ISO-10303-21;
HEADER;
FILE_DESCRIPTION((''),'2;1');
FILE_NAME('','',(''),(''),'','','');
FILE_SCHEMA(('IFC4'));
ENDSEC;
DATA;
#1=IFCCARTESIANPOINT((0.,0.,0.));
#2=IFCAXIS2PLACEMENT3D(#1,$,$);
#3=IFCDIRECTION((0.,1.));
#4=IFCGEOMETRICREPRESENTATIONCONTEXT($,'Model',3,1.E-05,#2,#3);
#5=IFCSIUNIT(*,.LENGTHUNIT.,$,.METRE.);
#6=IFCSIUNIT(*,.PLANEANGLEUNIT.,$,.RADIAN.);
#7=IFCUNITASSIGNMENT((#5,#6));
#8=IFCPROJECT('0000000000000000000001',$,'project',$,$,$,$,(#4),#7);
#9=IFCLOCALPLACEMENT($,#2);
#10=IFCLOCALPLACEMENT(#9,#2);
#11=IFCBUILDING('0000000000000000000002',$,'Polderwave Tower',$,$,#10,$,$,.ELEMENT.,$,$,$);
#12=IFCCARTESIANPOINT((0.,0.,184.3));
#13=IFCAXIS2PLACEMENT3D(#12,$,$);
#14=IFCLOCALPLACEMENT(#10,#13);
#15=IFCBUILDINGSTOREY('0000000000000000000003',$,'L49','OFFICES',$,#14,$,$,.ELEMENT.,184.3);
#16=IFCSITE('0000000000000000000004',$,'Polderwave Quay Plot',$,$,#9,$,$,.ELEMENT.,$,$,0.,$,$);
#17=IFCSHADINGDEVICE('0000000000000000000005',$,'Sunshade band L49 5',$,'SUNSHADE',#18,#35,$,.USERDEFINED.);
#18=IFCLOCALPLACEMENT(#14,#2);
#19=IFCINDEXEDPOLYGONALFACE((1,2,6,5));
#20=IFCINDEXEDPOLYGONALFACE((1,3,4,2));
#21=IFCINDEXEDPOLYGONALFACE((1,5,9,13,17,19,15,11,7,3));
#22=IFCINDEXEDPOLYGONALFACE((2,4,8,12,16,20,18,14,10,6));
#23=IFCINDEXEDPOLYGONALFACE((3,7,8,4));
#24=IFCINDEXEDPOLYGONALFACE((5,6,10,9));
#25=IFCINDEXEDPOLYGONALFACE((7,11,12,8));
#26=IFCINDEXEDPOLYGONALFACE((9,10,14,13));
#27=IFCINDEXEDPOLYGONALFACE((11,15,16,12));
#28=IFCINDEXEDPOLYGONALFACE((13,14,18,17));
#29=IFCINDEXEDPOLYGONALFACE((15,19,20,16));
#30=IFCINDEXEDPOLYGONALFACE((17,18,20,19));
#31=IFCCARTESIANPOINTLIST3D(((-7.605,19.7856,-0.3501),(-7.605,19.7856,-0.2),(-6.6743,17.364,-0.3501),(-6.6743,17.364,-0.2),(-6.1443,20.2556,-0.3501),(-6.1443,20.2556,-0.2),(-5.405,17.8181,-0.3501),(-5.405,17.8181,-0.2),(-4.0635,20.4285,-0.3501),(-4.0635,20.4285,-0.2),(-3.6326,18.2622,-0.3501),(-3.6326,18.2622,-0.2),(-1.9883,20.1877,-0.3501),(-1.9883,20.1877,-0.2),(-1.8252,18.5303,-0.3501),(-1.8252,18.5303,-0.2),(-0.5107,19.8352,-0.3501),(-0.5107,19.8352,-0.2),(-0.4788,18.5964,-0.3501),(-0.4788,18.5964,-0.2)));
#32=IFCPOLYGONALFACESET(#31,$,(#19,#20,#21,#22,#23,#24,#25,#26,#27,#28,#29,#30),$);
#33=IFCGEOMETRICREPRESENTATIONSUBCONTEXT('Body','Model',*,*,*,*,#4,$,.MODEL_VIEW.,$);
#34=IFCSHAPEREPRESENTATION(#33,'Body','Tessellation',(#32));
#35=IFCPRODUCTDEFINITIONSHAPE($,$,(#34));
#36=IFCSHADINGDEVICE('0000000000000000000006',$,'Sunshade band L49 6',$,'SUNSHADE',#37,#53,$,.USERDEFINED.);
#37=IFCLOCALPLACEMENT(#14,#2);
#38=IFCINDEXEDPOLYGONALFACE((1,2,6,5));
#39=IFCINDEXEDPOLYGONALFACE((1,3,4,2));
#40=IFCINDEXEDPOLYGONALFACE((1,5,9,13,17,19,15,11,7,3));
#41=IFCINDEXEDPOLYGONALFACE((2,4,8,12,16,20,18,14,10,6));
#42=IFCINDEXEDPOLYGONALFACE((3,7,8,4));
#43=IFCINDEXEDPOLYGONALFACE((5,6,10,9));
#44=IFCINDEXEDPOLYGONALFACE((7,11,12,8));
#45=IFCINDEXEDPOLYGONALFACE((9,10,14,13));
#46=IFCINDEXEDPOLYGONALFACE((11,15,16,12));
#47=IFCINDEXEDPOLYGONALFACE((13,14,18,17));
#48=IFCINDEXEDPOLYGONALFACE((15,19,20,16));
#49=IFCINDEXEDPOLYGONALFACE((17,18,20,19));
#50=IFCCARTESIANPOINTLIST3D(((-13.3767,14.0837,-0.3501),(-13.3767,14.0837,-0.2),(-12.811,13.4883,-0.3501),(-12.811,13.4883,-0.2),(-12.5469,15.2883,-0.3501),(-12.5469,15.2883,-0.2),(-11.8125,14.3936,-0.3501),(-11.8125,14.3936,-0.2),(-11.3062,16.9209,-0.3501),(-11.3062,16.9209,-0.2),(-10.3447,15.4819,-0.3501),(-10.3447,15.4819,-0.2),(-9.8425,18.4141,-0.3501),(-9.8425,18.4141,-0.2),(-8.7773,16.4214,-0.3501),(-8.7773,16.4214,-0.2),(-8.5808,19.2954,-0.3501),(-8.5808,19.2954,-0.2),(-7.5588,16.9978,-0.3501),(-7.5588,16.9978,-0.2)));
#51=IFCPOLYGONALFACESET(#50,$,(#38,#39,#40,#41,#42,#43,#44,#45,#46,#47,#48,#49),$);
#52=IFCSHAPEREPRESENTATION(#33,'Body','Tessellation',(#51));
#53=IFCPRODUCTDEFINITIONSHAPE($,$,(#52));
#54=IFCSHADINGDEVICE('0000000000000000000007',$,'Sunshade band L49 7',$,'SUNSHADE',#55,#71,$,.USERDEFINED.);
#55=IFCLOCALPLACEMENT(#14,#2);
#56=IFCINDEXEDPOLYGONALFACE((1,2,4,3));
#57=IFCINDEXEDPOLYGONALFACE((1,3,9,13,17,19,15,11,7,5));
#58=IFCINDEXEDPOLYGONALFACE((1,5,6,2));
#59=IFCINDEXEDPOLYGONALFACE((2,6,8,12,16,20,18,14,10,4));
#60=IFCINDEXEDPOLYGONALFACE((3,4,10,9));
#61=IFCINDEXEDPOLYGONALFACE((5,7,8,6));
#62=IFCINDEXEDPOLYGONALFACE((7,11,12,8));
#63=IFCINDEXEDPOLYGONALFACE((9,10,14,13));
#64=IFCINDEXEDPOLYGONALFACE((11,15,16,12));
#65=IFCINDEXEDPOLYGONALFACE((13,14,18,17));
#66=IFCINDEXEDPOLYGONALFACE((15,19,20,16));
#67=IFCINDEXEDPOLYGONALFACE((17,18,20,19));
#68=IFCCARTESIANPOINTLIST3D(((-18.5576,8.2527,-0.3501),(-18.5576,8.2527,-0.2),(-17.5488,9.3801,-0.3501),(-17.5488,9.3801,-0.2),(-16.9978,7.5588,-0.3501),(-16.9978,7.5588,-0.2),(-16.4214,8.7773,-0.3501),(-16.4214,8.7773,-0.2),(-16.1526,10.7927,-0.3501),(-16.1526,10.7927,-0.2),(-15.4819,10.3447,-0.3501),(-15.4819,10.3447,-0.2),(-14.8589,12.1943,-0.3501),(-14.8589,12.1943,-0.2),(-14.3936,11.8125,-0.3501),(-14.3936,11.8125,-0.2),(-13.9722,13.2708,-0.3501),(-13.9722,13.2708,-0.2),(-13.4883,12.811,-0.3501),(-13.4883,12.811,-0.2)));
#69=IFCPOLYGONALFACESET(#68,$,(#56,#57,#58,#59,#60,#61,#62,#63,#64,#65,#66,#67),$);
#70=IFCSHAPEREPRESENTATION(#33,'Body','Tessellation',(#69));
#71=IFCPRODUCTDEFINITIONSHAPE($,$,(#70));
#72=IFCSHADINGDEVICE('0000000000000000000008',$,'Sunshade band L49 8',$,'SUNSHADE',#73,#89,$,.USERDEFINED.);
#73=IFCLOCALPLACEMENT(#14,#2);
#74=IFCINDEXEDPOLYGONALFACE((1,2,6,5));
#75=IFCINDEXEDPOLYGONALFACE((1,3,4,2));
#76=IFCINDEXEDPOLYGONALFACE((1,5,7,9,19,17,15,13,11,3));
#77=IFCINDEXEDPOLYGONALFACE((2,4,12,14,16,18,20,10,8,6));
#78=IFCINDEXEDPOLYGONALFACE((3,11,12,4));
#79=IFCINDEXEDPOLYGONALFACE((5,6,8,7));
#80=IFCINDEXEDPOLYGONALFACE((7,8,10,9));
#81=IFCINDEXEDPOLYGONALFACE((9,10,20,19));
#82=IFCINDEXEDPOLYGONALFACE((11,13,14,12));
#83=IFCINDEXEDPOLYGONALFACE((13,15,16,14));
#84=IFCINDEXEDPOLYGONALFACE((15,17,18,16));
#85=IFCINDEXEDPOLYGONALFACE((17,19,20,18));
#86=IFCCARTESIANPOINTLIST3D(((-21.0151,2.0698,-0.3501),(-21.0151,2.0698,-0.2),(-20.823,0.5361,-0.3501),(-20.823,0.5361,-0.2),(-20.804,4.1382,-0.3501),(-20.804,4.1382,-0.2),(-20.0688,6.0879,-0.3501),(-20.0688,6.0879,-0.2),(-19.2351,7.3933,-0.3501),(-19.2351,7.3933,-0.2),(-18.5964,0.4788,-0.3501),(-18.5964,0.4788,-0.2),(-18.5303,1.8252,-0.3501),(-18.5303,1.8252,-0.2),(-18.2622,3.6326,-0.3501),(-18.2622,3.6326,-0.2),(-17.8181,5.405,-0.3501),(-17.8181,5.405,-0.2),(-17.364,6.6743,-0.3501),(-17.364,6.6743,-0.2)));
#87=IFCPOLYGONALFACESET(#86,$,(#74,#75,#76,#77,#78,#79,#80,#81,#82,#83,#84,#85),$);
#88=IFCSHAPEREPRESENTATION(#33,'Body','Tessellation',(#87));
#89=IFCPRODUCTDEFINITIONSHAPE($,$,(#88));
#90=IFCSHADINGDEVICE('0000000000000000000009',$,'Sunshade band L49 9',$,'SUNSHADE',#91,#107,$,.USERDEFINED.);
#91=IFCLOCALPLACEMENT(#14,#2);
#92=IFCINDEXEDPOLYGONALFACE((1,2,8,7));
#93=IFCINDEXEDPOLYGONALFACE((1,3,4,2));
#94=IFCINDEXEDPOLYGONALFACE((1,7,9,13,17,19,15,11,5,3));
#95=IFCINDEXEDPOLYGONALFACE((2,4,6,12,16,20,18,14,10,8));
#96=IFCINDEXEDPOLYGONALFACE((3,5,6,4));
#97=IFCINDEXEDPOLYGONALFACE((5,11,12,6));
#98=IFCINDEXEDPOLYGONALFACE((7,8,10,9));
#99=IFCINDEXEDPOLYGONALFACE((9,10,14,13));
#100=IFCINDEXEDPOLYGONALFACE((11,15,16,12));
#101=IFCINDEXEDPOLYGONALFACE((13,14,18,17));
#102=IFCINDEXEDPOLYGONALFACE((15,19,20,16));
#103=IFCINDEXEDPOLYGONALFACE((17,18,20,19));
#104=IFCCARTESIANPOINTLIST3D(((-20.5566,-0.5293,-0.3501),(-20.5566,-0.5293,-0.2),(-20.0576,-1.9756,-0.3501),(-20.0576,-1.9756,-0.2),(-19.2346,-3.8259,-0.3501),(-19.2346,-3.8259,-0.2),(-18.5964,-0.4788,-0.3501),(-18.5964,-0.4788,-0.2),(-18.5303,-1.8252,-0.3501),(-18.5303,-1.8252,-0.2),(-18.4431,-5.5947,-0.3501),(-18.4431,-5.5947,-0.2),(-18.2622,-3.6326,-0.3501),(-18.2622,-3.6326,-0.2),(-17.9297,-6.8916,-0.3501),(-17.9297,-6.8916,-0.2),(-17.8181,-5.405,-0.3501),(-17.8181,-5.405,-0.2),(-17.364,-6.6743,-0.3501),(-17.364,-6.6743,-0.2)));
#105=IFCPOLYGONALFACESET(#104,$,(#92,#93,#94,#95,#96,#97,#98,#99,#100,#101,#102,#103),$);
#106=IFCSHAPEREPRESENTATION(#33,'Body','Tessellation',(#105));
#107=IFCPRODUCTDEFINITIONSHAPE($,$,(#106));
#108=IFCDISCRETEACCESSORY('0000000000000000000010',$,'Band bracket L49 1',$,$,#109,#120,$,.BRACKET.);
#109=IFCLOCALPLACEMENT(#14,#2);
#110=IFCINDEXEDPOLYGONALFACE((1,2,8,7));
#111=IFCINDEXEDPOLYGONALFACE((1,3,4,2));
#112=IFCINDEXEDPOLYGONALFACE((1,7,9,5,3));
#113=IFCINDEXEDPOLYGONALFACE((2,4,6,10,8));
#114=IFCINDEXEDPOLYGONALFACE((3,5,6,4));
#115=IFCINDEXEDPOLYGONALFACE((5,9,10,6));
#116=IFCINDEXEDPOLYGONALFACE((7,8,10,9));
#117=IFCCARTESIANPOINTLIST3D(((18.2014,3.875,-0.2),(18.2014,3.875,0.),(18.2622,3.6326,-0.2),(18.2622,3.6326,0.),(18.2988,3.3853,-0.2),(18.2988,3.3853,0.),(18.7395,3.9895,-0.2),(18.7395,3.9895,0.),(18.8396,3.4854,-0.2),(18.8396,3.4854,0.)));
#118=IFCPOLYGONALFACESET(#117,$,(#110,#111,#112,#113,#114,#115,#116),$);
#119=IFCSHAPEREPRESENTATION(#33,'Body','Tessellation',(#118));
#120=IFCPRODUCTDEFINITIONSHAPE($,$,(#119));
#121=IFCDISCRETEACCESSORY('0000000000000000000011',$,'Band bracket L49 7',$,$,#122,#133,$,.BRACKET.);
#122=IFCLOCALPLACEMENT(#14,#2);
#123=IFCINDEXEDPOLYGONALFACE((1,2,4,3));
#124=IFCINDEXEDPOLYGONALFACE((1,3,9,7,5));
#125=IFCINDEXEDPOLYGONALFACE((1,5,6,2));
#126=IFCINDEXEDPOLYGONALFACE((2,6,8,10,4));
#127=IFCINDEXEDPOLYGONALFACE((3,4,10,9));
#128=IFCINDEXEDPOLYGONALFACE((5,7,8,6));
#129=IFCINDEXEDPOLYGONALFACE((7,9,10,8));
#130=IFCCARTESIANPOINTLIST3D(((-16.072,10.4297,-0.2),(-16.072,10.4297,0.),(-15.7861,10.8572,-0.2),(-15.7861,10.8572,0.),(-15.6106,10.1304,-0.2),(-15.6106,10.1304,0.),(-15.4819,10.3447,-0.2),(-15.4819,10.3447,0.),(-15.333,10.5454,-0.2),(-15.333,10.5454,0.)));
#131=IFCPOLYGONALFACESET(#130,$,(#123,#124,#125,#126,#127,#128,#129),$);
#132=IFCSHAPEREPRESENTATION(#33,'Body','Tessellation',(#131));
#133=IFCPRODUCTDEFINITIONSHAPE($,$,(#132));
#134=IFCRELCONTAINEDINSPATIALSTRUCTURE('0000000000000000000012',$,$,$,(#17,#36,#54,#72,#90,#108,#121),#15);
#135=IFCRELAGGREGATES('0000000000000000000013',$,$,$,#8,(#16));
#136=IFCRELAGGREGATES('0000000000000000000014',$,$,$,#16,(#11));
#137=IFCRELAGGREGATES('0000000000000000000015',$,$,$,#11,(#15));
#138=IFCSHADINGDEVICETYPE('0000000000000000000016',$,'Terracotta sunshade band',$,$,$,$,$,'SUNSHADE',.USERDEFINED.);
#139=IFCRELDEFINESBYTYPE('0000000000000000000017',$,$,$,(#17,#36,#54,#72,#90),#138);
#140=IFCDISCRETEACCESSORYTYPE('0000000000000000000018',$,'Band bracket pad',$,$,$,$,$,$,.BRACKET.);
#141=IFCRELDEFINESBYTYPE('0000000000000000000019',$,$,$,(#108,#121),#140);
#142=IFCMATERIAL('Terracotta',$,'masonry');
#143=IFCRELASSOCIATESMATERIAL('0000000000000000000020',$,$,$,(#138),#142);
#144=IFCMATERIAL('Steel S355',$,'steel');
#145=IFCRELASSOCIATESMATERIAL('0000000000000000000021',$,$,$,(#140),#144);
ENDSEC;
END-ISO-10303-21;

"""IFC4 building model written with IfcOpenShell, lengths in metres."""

from ifc_helpers import new_model, si_unit, direction, frame, origin, place, context, subcontext, project, spatial, polyline, outline, extrude, material, type_object, element, save


model = new_model("IFC4")

# Units and contexts
model_context = context("Model", 3, precision=1e-05, world=origin(), true_north=direction((0.0, 1.0)))
body_context = subcontext(model_context, "Body", "Model", "MODEL_VIEW")
ifc_project = project(units=[si_unit("LENGTHUNIT", "METRE"), si_unit("PLANEANGLEUNIT", "RADIAN")], contexts=[model_context])

# Site, building, storey
site_placement = place(None, origin())
site = spatial("IfcSite", under=ifc_project, at=site_placement, Name="Polderwave Quay Plot", CompositionType="ELEMENT", RefElevation=0.0)
building_placement = place(site_placement, origin())
building = spatial("IfcBuilding", under=site, at=building_placement, Name="Polderwave Tower", CompositionType="ELEMENT")
storey_placement = place(building_placement, frame((0.0, 0.0, 184.3)))
storey = spatial("IfcBuildingStorey", under=building, at=storey_placement, Name="L49", Description="OFFICES", CompositionType="ELEMENT", Elevation=184.3)

# Shading devices
ifc_material_1 = material(Name="Terracotta", Category="masonry")
shading_device_type = type_object("IfcShadingDeviceType", Name="Terracotta sunshade band", ElementType="SUNSHADE", PredefinedType="USERDEFINED", material=ifc_material_1)
shading_device_1_placement = place(storey_placement, frame((0.0, 0.0, -0.3501)))
element("IfcShadingDevice", 1, at=shading_device_1_placement, inside=storey, type_object=shading_device_type, Name="Sunshade band L49 5", ObjectType="SUNSHADE", PredefinedType="USERDEFINED", context=body_context, shape_type="SweptSolid", body=[
    extrude(outline(polyline([(-0.4788, 18.5964), (-1.8252, 18.5303), (-3.6326, 18.2622), (-5.405, 17.8181), (-6.6743, 17.364), (-7.605, 19.7856), (-6.1443, 20.2556), (-4.0635, 20.4285), (-1.9883, 20.1877), (-0.5107, 19.8352), (-0.4788, 18.5964)])), origin(), (0.0, 0.0, 1.0), 0.1501),
])
shading_device_2_placement = place(storey_placement, frame((0.0, 0.0, -0.3501)))
element("IfcShadingDevice", 2, at=shading_device_2_placement, inside=storey, type_object=shading_device_type, Name="Sunshade band L49 6", ObjectType="SUNSHADE", PredefinedType="USERDEFINED", context=body_context, shape_type="SweptSolid", body=[
    extrude(outline(polyline([(-7.5588, 16.9978), (-8.7773, 16.4214), (-10.3447, 15.4819), (-11.8125, 14.3936), (-12.811, 13.4883), (-13.3767, 14.0837), (-12.5469, 15.2883), (-11.3062, 16.9209), (-9.8425, 18.4141), (-8.5808, 19.2954), (-7.5588, 16.9978)])), origin(), (0.0, 0.0, 1.0), 0.1501),
])
shading_device_3_placement = place(storey_placement, frame((0.0, 0.0, -0.3501)))
element("IfcShadingDevice", 3, at=shading_device_3_placement, inside=storey, type_object=shading_device_type, Name="Sunshade band L49 7", ObjectType="SUNSHADE", PredefinedType="USERDEFINED", context=body_context, shape_type="SweptSolid", body=[
    extrude(outline(polyline([(-13.4883, 12.811), (-14.3936, 11.8125), (-15.4819, 10.3447), (-16.4214, 8.7773), (-16.9978, 7.5588), (-18.5576, 8.2527), (-17.5488, 9.3801), (-16.1526, 10.7927), (-14.8589, 12.1943), (-13.9722, 13.2708), (-13.4883, 12.811)])), origin(), (0.0, 0.0, 1.0), 0.1501),
])
shading_device_4_placement = place(storey_placement, frame((0.0, 0.0, -0.3501)))
element("IfcShadingDevice", 4, at=shading_device_4_placement, inside=storey, type_object=shading_device_type, Name="Sunshade band L49 8", ObjectType="SUNSHADE", PredefinedType="USERDEFINED", context=body_context, shape_type="SweptSolid", body=[
    extrude(outline(polyline([(-17.364, 6.6743), (-17.8181, 5.405), (-18.2622, 3.6326), (-18.5303, 1.8252), (-18.5964, 0.4788), (-20.823, 0.5361), (-21.0151, 2.0698), (-20.804, 4.1382), (-20.0688, 6.0879), (-19.2351, 7.3933), (-17.364, 6.6743)])), origin(), (0.0, 0.0, 1.0), 0.1501),
])
shading_device_5_placement = place(storey_placement, frame((0.0, 0.0, -0.3501)))
element("IfcShadingDevice", 5, at=shading_device_5_placement, inside=storey, type_object=shading_device_type, Name="Sunshade band L49 9", ObjectType="SUNSHADE", PredefinedType="USERDEFINED", context=body_context, shape_type="SweptSolid", body=[
    extrude(outline(polyline([(-18.5964, -0.4788), (-18.5303, -1.8252), (-18.2622, -3.6326), (-17.8181, -5.405), (-17.364, -6.6743), (-17.9297, -6.8916), (-18.4431, -5.5947), (-19.2346, -3.8259), (-20.0576, -1.9756), (-20.5566, -0.5293), (-18.5964, -0.4788)])), origin(), (0.0, 0.0, 1.0), 0.1501),
])

# Discrete accessories
ifc_material_2 = material(Name="Steel S355", Category="steel")
discrete_accessory_type = type_object("IfcDiscreteAccessoryType", Name="Band bracket pad", PredefinedType="BRACKET", material=ifc_material_2)
discrete_accessory_1_placement = place(storey_placement, frame((0.0, 0.0, -0.2)))
element("IfcDiscreteAccessory", 6, at=discrete_accessory_1_placement, inside=storey, type_object=discrete_accessory_type, Name="Band bracket L49 1", PredefinedType="BRACKET", context=body_context, shape_type="SweptSolid", body=[
    extrude(outline(polyline([(18.2988, 3.3853), (18.2622, 3.6326), (18.2014, 3.875), (18.7395, 3.9895), (18.8396, 3.4854), (18.2988, 3.3853)])), origin(), (0.0, 0.0, 1.0), 0.2),
])
discrete_accessory_2_placement = place(storey_placement, frame((0.0, 0.0, -0.2)))
element("IfcDiscreteAccessory", 7, at=discrete_accessory_2_placement, inside=storey, type_object=discrete_accessory_type, Name="Band bracket L49 7", PredefinedType="BRACKET", context=body_context, shape_type="SweptSolid", body=[
    extrude(outline(polyline([(-15.333, 10.5454), (-15.4819, 10.3447), (-15.6106, 10.1304), (-16.072, 10.4297), (-15.7861, 10.8572), (-15.333, 10.5454)])), origin(), (0.0, 0.0, 1.0), 0.2),
])

save(model, "model.ifc")
